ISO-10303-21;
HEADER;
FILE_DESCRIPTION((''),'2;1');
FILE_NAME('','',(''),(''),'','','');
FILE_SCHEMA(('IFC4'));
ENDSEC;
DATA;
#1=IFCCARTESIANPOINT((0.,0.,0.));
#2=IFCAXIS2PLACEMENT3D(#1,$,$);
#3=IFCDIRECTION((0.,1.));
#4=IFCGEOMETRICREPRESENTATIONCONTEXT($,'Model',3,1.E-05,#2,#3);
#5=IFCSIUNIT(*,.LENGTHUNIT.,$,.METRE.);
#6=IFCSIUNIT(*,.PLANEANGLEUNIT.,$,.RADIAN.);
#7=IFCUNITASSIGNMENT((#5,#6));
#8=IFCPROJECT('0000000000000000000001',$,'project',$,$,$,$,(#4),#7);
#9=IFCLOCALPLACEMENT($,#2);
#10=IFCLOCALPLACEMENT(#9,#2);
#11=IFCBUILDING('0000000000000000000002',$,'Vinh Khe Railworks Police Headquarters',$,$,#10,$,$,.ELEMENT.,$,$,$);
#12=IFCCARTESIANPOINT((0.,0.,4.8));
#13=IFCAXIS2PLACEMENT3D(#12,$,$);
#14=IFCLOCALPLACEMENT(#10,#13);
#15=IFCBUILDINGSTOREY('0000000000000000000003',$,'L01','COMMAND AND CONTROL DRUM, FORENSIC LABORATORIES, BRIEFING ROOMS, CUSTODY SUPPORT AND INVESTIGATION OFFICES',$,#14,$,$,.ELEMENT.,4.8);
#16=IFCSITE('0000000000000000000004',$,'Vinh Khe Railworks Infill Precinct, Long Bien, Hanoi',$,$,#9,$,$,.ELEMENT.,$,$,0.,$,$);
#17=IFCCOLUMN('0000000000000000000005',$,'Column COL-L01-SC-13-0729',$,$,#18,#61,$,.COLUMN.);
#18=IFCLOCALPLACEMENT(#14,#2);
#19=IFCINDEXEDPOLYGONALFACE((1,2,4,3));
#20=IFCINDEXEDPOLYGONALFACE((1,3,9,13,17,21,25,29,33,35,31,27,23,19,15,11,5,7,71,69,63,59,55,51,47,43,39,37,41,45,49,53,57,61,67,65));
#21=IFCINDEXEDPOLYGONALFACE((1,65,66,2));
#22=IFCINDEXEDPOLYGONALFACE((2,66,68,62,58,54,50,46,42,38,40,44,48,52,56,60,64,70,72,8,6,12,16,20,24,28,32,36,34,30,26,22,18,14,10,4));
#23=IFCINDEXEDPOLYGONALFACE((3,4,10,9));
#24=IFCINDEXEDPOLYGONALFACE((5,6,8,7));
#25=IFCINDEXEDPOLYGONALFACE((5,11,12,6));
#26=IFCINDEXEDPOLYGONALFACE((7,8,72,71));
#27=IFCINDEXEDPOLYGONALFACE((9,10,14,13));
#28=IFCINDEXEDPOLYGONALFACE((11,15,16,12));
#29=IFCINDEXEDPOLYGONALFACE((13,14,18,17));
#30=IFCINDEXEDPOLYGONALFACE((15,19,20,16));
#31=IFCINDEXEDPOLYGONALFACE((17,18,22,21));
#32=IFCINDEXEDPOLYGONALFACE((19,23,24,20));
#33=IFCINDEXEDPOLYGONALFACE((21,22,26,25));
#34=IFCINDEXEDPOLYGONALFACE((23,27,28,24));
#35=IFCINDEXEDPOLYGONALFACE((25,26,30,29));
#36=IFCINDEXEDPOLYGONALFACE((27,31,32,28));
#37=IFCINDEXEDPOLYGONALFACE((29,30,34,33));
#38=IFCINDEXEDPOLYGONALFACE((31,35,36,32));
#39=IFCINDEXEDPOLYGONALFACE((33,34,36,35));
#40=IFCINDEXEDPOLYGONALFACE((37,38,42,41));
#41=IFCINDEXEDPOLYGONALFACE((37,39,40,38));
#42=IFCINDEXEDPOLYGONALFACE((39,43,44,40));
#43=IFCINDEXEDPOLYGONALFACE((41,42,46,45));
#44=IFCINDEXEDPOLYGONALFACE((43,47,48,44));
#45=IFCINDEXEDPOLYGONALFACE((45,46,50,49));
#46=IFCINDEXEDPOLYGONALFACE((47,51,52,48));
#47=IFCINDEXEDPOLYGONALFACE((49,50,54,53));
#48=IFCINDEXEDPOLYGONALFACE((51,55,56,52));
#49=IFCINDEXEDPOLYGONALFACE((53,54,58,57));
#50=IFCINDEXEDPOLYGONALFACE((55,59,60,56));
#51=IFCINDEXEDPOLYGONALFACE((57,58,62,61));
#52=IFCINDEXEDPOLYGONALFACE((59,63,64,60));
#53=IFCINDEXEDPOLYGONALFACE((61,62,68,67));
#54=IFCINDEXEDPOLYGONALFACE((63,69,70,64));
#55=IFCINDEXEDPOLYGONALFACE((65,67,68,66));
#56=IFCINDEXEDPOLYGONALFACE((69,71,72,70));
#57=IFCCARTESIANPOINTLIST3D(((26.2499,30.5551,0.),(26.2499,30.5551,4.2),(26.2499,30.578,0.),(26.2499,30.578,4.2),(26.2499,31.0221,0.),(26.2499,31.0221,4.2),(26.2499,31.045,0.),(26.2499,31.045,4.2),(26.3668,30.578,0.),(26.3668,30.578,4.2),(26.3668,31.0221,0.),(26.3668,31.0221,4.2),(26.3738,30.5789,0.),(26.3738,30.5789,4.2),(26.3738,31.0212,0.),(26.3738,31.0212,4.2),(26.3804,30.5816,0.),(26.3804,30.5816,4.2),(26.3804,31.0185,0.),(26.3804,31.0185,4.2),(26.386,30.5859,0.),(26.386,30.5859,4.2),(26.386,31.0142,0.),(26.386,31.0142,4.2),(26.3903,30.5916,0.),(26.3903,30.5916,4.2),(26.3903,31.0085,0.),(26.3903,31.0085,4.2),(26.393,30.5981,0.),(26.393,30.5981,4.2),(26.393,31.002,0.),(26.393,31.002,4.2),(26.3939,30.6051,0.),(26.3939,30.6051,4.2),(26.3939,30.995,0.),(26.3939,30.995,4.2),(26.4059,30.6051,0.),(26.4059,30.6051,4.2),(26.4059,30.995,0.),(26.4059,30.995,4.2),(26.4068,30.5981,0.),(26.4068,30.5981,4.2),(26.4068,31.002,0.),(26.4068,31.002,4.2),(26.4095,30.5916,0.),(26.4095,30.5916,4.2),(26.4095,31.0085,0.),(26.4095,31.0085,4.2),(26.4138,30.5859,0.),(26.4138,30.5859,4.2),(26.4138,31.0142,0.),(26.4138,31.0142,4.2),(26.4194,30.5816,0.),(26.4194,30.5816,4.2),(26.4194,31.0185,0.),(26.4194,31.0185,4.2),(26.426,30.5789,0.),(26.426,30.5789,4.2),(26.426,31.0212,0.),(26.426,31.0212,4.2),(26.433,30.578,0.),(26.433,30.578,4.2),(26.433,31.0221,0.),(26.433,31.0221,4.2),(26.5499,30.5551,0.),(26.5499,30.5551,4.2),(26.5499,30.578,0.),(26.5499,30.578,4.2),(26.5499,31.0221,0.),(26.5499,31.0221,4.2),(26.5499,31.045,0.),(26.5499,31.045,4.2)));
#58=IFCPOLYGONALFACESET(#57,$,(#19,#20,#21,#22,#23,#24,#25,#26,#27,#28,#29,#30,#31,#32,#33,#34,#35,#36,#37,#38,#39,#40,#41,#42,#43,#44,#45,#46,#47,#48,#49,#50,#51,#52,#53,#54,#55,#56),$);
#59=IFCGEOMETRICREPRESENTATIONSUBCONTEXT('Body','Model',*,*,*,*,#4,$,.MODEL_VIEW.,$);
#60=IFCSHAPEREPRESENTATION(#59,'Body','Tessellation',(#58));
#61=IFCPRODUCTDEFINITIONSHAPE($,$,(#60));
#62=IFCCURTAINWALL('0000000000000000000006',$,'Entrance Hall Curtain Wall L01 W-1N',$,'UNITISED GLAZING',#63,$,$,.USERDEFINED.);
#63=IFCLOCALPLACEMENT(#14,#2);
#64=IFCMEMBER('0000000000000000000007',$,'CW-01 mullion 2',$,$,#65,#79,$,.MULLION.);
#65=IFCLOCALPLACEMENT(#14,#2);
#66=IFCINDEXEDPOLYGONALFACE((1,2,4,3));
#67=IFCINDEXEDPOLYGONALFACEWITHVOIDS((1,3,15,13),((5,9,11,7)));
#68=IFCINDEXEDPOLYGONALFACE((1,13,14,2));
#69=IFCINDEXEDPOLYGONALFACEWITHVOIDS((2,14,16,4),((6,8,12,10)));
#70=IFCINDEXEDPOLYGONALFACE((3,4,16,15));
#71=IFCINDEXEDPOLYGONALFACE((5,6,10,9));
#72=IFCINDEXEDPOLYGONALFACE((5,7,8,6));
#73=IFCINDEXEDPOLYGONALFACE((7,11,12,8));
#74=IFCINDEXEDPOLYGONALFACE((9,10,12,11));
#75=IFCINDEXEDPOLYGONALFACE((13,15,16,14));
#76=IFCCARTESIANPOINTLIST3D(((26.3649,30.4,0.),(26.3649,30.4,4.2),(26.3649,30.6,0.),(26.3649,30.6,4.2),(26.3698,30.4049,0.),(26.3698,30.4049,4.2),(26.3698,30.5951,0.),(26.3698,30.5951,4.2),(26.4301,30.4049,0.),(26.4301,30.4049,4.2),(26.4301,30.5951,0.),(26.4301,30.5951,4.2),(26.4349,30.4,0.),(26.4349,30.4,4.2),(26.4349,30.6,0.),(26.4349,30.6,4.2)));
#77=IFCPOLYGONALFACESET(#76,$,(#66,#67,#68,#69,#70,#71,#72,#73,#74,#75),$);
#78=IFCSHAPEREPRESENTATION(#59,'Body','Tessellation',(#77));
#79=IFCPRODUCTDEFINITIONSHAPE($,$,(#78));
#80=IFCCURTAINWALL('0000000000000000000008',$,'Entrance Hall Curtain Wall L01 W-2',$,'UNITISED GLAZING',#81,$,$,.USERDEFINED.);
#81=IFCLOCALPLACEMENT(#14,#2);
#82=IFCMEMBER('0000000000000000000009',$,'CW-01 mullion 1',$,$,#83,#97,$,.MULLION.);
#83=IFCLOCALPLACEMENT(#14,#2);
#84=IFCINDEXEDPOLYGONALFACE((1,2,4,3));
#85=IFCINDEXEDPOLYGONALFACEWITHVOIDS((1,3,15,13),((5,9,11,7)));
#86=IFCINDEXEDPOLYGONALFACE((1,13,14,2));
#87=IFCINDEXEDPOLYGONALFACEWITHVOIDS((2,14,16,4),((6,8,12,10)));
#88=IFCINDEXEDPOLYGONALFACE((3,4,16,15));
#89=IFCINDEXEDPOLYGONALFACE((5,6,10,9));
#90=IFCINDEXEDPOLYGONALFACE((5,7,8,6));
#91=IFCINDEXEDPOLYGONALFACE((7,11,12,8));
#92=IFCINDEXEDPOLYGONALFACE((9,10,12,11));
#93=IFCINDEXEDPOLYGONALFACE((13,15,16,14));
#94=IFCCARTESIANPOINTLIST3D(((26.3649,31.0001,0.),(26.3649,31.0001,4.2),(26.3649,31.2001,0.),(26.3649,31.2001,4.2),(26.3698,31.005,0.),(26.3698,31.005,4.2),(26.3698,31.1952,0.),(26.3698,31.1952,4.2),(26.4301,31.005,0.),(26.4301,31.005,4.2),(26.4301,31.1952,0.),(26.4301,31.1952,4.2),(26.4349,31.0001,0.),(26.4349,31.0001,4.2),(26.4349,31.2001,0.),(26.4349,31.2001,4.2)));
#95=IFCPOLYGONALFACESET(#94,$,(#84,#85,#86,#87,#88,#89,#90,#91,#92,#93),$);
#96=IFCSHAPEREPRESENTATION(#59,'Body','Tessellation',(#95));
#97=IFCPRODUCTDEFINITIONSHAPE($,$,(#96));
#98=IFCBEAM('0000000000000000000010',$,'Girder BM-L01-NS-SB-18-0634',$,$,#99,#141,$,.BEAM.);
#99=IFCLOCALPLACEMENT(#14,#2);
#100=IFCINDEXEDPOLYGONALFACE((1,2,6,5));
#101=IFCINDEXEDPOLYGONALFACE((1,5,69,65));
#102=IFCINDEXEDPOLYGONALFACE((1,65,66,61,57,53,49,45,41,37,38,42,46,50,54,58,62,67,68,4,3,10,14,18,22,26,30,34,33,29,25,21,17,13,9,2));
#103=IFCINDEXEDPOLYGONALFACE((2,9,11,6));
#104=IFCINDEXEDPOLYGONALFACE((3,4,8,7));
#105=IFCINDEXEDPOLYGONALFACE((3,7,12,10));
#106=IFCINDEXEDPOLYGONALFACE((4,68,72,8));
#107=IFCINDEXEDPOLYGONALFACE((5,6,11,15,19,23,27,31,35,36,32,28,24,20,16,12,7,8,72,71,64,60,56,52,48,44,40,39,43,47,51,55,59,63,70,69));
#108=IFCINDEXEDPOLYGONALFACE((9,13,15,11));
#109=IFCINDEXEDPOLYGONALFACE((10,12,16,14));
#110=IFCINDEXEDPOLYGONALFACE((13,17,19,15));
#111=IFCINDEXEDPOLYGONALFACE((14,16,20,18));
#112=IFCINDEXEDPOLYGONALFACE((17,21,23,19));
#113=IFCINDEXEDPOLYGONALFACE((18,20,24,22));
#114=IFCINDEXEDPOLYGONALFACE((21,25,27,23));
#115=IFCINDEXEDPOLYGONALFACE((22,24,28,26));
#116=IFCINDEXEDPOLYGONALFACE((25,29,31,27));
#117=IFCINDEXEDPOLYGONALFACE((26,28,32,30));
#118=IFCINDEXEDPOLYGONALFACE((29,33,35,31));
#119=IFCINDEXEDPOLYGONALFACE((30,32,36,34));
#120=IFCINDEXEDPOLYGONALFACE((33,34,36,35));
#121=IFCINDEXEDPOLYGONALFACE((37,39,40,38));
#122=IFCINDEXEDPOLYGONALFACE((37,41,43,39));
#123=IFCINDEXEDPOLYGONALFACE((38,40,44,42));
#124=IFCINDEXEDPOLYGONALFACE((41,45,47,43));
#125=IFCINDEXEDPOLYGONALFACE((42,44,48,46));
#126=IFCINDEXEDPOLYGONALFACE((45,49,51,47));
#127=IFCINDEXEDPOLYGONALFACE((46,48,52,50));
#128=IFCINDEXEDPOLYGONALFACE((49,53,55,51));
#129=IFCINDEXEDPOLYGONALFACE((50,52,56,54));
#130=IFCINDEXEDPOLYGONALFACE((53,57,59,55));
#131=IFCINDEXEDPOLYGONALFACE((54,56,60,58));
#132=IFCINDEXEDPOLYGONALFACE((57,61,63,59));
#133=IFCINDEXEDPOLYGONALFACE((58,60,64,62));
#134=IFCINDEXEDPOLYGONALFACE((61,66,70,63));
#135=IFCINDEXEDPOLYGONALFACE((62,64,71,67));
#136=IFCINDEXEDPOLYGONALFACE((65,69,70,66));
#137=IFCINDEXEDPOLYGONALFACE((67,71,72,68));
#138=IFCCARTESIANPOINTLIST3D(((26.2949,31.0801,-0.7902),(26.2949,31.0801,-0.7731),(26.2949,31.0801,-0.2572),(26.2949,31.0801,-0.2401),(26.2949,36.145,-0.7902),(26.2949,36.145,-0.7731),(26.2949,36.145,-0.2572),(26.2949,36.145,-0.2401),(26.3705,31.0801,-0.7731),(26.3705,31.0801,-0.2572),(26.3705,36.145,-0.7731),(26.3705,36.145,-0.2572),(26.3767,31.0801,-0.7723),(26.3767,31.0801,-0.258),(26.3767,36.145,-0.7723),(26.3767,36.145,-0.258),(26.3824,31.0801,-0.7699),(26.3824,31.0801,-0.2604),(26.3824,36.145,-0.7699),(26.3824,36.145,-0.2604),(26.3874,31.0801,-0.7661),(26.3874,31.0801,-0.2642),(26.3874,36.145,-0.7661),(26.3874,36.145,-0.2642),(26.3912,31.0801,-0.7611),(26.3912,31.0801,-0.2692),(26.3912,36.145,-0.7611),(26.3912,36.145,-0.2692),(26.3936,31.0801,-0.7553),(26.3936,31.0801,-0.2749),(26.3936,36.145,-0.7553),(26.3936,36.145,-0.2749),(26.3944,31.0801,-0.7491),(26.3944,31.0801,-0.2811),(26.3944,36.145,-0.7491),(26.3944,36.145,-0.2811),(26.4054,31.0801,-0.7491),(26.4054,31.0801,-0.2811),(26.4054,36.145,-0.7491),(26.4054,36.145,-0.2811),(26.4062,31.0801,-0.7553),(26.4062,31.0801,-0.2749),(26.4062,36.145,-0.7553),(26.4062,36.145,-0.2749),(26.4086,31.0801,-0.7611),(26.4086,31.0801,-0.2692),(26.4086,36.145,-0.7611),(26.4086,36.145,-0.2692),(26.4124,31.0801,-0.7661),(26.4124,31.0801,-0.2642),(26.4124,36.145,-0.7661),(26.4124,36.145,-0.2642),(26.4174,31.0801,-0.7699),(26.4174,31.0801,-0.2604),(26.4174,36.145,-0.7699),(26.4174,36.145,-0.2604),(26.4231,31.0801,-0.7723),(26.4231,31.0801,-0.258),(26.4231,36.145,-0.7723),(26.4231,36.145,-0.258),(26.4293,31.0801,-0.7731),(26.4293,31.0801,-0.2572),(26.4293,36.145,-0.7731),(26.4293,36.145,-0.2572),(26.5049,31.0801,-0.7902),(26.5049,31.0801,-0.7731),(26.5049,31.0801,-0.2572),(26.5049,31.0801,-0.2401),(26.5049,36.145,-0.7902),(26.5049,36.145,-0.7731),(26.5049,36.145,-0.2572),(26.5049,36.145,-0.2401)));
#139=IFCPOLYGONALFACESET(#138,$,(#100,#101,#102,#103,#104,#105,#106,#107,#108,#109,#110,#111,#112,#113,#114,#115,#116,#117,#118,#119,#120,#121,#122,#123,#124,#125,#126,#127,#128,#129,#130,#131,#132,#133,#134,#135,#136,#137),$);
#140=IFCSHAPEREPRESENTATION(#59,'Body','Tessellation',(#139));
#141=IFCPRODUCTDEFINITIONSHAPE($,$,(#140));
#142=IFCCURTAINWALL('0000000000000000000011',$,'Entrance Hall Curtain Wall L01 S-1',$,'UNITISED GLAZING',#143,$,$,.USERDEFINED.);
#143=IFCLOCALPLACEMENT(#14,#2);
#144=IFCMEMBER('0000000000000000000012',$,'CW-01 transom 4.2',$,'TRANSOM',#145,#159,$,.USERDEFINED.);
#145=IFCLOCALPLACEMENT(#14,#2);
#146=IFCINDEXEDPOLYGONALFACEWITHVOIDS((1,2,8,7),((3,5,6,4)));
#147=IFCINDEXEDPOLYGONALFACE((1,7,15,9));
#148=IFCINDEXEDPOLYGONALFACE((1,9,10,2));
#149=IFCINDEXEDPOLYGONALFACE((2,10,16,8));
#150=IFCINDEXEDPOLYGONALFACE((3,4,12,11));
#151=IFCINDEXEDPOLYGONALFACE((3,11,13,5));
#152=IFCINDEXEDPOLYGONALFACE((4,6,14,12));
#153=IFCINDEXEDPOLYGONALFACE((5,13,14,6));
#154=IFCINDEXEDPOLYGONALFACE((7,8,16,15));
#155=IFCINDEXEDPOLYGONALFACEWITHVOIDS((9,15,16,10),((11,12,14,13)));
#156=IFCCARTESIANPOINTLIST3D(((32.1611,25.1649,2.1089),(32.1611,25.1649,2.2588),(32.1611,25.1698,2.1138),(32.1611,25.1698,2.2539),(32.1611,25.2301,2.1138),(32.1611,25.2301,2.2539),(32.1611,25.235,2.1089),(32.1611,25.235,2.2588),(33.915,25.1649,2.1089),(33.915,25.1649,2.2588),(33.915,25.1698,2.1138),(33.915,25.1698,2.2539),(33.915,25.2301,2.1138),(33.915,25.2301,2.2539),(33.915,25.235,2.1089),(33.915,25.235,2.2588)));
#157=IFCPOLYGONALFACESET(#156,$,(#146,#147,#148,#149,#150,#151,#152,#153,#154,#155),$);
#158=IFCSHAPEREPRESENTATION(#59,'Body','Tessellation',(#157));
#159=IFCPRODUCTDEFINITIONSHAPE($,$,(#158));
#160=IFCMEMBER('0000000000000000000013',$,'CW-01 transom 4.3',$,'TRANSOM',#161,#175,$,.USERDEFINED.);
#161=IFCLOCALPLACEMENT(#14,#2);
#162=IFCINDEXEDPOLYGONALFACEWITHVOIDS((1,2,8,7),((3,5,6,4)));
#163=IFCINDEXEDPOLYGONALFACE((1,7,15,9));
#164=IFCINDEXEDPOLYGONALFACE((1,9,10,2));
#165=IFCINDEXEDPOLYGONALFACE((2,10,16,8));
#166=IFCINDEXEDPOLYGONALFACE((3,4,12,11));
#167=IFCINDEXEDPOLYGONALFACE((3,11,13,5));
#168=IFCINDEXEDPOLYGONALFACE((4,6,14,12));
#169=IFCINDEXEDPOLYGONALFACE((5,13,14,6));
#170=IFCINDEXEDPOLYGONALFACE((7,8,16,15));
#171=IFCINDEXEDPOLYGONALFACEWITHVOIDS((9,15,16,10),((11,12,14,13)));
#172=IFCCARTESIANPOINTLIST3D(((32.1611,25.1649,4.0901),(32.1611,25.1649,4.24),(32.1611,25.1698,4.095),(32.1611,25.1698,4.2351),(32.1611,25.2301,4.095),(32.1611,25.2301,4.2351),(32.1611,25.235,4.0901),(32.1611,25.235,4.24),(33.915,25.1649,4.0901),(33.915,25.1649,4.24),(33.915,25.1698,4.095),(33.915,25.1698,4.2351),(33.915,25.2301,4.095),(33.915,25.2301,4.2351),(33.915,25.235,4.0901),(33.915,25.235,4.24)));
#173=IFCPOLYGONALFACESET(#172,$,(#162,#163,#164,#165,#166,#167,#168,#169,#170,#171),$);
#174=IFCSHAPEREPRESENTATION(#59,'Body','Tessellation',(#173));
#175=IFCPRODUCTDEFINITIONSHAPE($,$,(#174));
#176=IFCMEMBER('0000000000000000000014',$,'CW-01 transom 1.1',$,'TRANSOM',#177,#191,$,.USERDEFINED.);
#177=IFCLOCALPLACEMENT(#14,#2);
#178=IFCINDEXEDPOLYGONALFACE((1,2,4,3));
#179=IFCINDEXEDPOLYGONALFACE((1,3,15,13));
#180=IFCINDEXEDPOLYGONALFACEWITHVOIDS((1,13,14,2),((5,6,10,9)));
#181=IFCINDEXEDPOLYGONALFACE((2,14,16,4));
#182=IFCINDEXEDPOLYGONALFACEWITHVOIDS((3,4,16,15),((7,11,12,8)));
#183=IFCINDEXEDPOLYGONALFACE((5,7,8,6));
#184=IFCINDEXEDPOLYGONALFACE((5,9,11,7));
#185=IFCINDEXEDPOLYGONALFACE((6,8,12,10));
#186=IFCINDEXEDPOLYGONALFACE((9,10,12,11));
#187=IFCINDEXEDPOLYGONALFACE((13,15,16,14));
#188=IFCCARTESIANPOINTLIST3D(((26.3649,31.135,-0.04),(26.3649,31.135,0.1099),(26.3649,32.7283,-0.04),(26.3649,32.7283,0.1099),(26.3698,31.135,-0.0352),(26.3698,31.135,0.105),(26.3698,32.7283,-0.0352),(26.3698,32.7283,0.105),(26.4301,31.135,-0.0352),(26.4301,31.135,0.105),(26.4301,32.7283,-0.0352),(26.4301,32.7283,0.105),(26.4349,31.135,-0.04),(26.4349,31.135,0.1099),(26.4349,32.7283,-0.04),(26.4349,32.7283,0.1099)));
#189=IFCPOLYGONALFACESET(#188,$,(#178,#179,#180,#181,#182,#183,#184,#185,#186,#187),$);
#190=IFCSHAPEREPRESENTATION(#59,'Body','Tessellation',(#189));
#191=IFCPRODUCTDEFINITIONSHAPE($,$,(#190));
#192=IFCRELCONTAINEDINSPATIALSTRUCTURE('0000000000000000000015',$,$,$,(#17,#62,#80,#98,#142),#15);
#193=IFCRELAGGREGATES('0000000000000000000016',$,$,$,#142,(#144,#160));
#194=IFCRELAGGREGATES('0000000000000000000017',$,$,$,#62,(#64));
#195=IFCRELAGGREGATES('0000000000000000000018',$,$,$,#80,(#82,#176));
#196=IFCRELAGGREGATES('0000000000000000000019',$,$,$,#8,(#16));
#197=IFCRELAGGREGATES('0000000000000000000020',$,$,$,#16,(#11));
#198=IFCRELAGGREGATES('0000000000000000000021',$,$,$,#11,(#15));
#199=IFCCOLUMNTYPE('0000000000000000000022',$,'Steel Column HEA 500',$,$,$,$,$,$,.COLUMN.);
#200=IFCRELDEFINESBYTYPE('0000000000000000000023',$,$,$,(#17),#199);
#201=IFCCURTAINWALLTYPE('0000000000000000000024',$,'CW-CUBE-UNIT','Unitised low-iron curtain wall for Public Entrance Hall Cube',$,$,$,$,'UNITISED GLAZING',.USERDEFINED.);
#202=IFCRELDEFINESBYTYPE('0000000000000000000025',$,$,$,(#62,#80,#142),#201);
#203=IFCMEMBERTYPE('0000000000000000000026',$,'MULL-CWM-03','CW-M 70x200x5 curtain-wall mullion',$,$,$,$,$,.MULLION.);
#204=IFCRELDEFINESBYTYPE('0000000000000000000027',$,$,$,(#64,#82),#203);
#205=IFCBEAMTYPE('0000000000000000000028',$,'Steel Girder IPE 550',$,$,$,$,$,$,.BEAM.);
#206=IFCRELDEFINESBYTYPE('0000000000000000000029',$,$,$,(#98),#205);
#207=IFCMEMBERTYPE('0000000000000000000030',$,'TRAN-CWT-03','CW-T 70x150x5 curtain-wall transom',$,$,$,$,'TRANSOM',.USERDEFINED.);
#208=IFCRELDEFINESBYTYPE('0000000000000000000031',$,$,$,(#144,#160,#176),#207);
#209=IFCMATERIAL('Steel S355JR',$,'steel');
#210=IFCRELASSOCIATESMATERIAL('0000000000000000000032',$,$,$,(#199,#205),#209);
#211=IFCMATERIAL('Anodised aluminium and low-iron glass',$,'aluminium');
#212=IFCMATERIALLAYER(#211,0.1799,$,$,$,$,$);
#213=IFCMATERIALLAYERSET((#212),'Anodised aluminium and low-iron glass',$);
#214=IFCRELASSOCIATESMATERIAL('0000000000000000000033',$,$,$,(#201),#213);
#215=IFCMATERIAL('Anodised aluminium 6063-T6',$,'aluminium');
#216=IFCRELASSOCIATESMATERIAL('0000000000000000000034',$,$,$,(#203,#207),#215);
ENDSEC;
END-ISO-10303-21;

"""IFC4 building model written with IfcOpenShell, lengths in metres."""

from ifc_helpers import new_model, si_unit, direction, frame, origin, origin_2d, place, context, subcontext, project, spatial, hollow_rectangle, i_section, extrude, material, layer, layer_set, material_profile, profile_set, type_object, element, aggregate, save


model = new_model("IFC4")

# Units and contexts
model_context = context("Model", 3, precision=1e-05, world=origin(), true_north=direction((0.0, 1.0)))
body_context = subcontext(model_context, "Body", "Model", "MODEL_VIEW")
ifc_project = project(units=[si_unit("LENGTHUNIT", "METRE"), si_unit("PLANEANGLEUNIT", "RADIAN")], contexts=[model_context])

# Site, building, storey
site_placement = place(None, origin())
site = spatial("IfcSite", under=ifc_project, at=site_placement, Name="Vinh Khe Railworks Infill Precinct, Long Bien, Hanoi", CompositionType="ELEMENT", RefElevation=0.0)
building_placement = place(site_placement, origin())
building = spatial("IfcBuilding", under=site, at=building_placement, Name="Vinh Khe Railworks Police Headquarters", CompositionType="ELEMENT")
storey_placement = place(building_placement, frame((0.0, 0.0, 4.8)))
storey = spatial("IfcBuildingStorey", under=building, at=storey_placement, Name="L01", Description="COMMAND AND CONTROL DRUM, FORENSIC LABORATORIES, BRIEFING ROOMS, CUSTODY SUPPORT AND INVESTIGATION OFFICES", CompositionType="ELEMENT", Elevation=4.8)

# Column
ifc_material_1 = material(Name="Steel S355JR", Category="steel")
ifc_material_profile_1 = material_profile(ifc_material_1, i_section(OverallWidth=0.3, OverallDepth=0.49, WebThickness=0.012, FlangeThickness=0.0229, FilletRadius=0.0271, at=origin_2d()), Name="HEA 500")
ifc_profile_set_1 = profile_set([ifc_material_profile_1], Name="Steel S355JR")
column_type = type_object("IfcColumnType", Name="Steel Column HEA 500", PredefinedType="COLUMN", material=ifc_profile_set_1)
column_placement = place(storey_placement, frame((26.3999, 30.8, 0.0), z_axis=(0.0, 0.0, 1.0), x_axis=(1.0, 0.0, 0.0)))
element("IfcColumn", 1, at=column_placement, inside=storey, type_object=column_type, Name="Column COL-L01-SC-13-0729", PredefinedType="COLUMN", context=body_context, shape_type="SweptSolid", body=[
    extrude(i_section(OverallWidth=0.3, OverallDepth=0.49, WebThickness=0.012, FlangeThickness=0.0229, FilletRadius=0.0271, at=origin_2d()), origin(), (0.0, 0.0, 1.0), 4.2),
])

# Curtain walls, members
ifc_material_2 = material(Name="Anodised aluminium and low-iron glass", Category="aluminium")
ifc_layer_1 = layer(ifc_material_2, 0.1799)
ifc_layer_set_1 = layer_set([ifc_layer_1], Name="Anodised aluminium and low-iron glass")
curtain_wall_type = type_object("IfcCurtainWallType", Name="CW-CUBE-UNIT", Description="Unitised low-iron curtain wall for Public Entrance Hall Cube", ElementType="UNITISED GLAZING", PredefinedType="USERDEFINED", material=ifc_layer_set_1)
curtain_wall_1_placement = place(storey_placement, origin())
curtain_wall_1 = element("IfcCurtainWall", 2, at=curtain_wall_1_placement, inside=storey, type_object=curtain_wall_type, Name="Entrance Hall Curtain Wall L01 W-1N", ObjectType="UNITISED GLAZING", PredefinedType="USERDEFINED")
ifc_material_3 = material(Name="Anodised aluminium 6063-T6", Category="aluminium")
ifc_material_profile_2 = material_profile(ifc_material_3, hollow_rectangle(XDim=0.0701, YDim=0.2, WallThickness=0.0049, at=origin_2d()), Name="CW-M 70x200x5")
ifc_profile_set_2 = profile_set([ifc_material_profile_2], Name="Anodised aluminium 6063-T6")
member_type_1 = type_object("IfcMemberType", Name="MULL-CWM-03", Description="CW-M 70x200x5 curtain-wall mullion", PredefinedType="MULLION", material=ifc_profile_set_2)
member_1_placement = place(storey_placement, frame((26.3999, 30.5, 0.0), z_axis=(0.0, 0.0, 1.0), x_axis=(-1.0, 0.0, 0.0)))
member_1 = element("IfcMember", 3, at=member_1_placement, type_object=member_type_1, Name="CW-01 mullion 2", PredefinedType="MULLION", context=body_context, shape_type="SweptSolid", body=[
    extrude(hollow_rectangle(XDim=0.0701, YDim=0.2, WallThickness=0.0049, at=origin_2d()), origin(), (0.0, 0.0, 1.0), 4.2),
])
curtain_wall_2_placement = place(storey_placement, origin())
curtain_wall_2 = element("IfcCurtainWall", 4, at=curtain_wall_2_placement, inside=storey, type_object=curtain_wall_type, Name="Entrance Hall Curtain Wall L01 W-2", ObjectType="UNITISED GLAZING", PredefinedType="USERDEFINED")
member_2_placement = place(storey_placement, frame((26.3999, 31.1001, 0.0), z_axis=(0.0, 0.0, 1.0), x_axis=(-1.0, 0.0, 0.0)))
member_2 = element("IfcMember", 5, at=member_2_placement, type_object=member_type_1, Name="CW-01 mullion 1", PredefinedType="MULLION", context=body_context, shape_type="SweptSolid", body=[
    extrude(hollow_rectangle(XDim=0.0701, YDim=0.2, WallThickness=0.0049, at=origin_2d()), origin(), (0.0, 0.0, 1.0), 4.2),
])

# Beam
ifc_material_profile_3 = material_profile(ifc_material_1, i_section(OverallWidth=0.21, OverallDepth=0.55, WebThickness=0.011, FlangeThickness=0.0171, FilletRadius=0.0239, at=origin_2d()), Name="IPE 550")
ifc_profile_set_3 = profile_set([ifc_material_profile_3], Name="Steel S355JR")
beam_type = type_object("IfcBeamType", Name="Steel Girder IPE 550", PredefinedType="BEAM", material=ifc_profile_set_3)
beam_placement = place(storey_placement, frame((26.3999, 31.0801, -0.5151), z_axis=(0.0, 1.0, 0.0), x_axis=(-1.0, 0.0, 0.0)))
element("IfcBeam", 6, at=beam_placement, inside=storey, type_object=beam_type, Name="Girder BM-L01-NS-SB-18-0634", PredefinedType="BEAM", context=body_context, shape_type="SweptSolid", body=[
    extrude(i_section(OverallWidth=0.21, OverallDepth=0.55, WebThickness=0.011, FlangeThickness=0.0171, FilletRadius=0.0239, at=origin_2d()), origin(), (0.0, 0.0, 1.0), 5.0649),
])

# Curtain wall, members
curtain_wall_3_placement = place(storey_placement, origin())
curtain_wall_3 = element("IfcCurtainWall", 7, at=curtain_wall_3_placement, inside=storey, type_object=curtain_wall_type, Name="Entrance Hall Curtain Wall L01 S-1", ObjectType="UNITISED GLAZING", PredefinedType="USERDEFINED")
ifc_material_profile_4 = material_profile(ifc_material_3, hollow_rectangle(XDim=0.0701, YDim=0.1499, WallThickness=0.0049, at=origin_2d()), Name="CW-T 70x150x5")
ifc_profile_set_4 = profile_set([ifc_material_profile_4], Name="Anodised aluminium 6063-T6")
member_type_2 = type_object("IfcMemberType", Name="TRAN-CWT-03", Description="CW-T 70x150x5 curtain-wall transom", ElementType="TRANSOM", PredefinedType="USERDEFINED", material=ifc_profile_set_4)
member_3_placement = place(storey_placement, frame((32.1611, 25.2, 2.1838), z_axis=(1.0, 0.0, 0.0), x_axis=(0.0, 1.0, 0.0)))
member_3 = element("IfcMember", 8, at=member_3_placement, type_object=member_type_2, Name="CW-01 transom 4.2", ObjectType="TRANSOM", PredefinedType="USERDEFINED", context=body_context, shape_type="SweptSolid", body=[
    extrude(hollow_rectangle(XDim=0.0701, YDim=0.1499, WallThickness=0.0049, at=origin_2d()), origin(), (0.0, 0.0, 1.0), 1.7539),
])
member_4_placement = place(storey_placement, frame((32.1611, 25.2, 4.165), z_axis=(1.0, 0.0, 0.0), x_axis=(0.0, 1.0, 0.0)))
member_4 = element("IfcMember", 9, at=member_4_placement, type_object=member_type_2, Name="CW-01 transom 4.3", ObjectType="TRANSOM", PredefinedType="USERDEFINED", context=body_context, shape_type="SweptSolid", body=[
    extrude(hollow_rectangle(XDim=0.0701, YDim=0.1499, WallThickness=0.0049, at=origin_2d()), origin(), (0.0, 0.0, 1.0), 1.7539),
])

# Member
member_5_placement = place(storey_placement, frame((26.3999, 31.135, 0.0349), z_axis=(0.0, 1.0, 0.0), x_axis=(-1.0, 0.0, 0.0)))
member_5 = element("IfcMember", 10, at=member_5_placement, type_object=member_type_2, Name="CW-01 transom 1.1", ObjectType="TRANSOM", PredefinedType="USERDEFINED", context=body_context, shape_type="SweptSolid", body=[
    extrude(hollow_rectangle(XDim=0.0701, YDim=0.1499, WallThickness=0.0049, at=origin_2d()), origin(), (0.0, 0.0, 1.0), 1.5933),
])

aggregate(curtain_wall_3, [member_3, member_4])
aggregate(curtain_wall_1, [member_1])
aggregate(curtain_wall_2, [member_2, member_5])

save(model, "model.ifc")
